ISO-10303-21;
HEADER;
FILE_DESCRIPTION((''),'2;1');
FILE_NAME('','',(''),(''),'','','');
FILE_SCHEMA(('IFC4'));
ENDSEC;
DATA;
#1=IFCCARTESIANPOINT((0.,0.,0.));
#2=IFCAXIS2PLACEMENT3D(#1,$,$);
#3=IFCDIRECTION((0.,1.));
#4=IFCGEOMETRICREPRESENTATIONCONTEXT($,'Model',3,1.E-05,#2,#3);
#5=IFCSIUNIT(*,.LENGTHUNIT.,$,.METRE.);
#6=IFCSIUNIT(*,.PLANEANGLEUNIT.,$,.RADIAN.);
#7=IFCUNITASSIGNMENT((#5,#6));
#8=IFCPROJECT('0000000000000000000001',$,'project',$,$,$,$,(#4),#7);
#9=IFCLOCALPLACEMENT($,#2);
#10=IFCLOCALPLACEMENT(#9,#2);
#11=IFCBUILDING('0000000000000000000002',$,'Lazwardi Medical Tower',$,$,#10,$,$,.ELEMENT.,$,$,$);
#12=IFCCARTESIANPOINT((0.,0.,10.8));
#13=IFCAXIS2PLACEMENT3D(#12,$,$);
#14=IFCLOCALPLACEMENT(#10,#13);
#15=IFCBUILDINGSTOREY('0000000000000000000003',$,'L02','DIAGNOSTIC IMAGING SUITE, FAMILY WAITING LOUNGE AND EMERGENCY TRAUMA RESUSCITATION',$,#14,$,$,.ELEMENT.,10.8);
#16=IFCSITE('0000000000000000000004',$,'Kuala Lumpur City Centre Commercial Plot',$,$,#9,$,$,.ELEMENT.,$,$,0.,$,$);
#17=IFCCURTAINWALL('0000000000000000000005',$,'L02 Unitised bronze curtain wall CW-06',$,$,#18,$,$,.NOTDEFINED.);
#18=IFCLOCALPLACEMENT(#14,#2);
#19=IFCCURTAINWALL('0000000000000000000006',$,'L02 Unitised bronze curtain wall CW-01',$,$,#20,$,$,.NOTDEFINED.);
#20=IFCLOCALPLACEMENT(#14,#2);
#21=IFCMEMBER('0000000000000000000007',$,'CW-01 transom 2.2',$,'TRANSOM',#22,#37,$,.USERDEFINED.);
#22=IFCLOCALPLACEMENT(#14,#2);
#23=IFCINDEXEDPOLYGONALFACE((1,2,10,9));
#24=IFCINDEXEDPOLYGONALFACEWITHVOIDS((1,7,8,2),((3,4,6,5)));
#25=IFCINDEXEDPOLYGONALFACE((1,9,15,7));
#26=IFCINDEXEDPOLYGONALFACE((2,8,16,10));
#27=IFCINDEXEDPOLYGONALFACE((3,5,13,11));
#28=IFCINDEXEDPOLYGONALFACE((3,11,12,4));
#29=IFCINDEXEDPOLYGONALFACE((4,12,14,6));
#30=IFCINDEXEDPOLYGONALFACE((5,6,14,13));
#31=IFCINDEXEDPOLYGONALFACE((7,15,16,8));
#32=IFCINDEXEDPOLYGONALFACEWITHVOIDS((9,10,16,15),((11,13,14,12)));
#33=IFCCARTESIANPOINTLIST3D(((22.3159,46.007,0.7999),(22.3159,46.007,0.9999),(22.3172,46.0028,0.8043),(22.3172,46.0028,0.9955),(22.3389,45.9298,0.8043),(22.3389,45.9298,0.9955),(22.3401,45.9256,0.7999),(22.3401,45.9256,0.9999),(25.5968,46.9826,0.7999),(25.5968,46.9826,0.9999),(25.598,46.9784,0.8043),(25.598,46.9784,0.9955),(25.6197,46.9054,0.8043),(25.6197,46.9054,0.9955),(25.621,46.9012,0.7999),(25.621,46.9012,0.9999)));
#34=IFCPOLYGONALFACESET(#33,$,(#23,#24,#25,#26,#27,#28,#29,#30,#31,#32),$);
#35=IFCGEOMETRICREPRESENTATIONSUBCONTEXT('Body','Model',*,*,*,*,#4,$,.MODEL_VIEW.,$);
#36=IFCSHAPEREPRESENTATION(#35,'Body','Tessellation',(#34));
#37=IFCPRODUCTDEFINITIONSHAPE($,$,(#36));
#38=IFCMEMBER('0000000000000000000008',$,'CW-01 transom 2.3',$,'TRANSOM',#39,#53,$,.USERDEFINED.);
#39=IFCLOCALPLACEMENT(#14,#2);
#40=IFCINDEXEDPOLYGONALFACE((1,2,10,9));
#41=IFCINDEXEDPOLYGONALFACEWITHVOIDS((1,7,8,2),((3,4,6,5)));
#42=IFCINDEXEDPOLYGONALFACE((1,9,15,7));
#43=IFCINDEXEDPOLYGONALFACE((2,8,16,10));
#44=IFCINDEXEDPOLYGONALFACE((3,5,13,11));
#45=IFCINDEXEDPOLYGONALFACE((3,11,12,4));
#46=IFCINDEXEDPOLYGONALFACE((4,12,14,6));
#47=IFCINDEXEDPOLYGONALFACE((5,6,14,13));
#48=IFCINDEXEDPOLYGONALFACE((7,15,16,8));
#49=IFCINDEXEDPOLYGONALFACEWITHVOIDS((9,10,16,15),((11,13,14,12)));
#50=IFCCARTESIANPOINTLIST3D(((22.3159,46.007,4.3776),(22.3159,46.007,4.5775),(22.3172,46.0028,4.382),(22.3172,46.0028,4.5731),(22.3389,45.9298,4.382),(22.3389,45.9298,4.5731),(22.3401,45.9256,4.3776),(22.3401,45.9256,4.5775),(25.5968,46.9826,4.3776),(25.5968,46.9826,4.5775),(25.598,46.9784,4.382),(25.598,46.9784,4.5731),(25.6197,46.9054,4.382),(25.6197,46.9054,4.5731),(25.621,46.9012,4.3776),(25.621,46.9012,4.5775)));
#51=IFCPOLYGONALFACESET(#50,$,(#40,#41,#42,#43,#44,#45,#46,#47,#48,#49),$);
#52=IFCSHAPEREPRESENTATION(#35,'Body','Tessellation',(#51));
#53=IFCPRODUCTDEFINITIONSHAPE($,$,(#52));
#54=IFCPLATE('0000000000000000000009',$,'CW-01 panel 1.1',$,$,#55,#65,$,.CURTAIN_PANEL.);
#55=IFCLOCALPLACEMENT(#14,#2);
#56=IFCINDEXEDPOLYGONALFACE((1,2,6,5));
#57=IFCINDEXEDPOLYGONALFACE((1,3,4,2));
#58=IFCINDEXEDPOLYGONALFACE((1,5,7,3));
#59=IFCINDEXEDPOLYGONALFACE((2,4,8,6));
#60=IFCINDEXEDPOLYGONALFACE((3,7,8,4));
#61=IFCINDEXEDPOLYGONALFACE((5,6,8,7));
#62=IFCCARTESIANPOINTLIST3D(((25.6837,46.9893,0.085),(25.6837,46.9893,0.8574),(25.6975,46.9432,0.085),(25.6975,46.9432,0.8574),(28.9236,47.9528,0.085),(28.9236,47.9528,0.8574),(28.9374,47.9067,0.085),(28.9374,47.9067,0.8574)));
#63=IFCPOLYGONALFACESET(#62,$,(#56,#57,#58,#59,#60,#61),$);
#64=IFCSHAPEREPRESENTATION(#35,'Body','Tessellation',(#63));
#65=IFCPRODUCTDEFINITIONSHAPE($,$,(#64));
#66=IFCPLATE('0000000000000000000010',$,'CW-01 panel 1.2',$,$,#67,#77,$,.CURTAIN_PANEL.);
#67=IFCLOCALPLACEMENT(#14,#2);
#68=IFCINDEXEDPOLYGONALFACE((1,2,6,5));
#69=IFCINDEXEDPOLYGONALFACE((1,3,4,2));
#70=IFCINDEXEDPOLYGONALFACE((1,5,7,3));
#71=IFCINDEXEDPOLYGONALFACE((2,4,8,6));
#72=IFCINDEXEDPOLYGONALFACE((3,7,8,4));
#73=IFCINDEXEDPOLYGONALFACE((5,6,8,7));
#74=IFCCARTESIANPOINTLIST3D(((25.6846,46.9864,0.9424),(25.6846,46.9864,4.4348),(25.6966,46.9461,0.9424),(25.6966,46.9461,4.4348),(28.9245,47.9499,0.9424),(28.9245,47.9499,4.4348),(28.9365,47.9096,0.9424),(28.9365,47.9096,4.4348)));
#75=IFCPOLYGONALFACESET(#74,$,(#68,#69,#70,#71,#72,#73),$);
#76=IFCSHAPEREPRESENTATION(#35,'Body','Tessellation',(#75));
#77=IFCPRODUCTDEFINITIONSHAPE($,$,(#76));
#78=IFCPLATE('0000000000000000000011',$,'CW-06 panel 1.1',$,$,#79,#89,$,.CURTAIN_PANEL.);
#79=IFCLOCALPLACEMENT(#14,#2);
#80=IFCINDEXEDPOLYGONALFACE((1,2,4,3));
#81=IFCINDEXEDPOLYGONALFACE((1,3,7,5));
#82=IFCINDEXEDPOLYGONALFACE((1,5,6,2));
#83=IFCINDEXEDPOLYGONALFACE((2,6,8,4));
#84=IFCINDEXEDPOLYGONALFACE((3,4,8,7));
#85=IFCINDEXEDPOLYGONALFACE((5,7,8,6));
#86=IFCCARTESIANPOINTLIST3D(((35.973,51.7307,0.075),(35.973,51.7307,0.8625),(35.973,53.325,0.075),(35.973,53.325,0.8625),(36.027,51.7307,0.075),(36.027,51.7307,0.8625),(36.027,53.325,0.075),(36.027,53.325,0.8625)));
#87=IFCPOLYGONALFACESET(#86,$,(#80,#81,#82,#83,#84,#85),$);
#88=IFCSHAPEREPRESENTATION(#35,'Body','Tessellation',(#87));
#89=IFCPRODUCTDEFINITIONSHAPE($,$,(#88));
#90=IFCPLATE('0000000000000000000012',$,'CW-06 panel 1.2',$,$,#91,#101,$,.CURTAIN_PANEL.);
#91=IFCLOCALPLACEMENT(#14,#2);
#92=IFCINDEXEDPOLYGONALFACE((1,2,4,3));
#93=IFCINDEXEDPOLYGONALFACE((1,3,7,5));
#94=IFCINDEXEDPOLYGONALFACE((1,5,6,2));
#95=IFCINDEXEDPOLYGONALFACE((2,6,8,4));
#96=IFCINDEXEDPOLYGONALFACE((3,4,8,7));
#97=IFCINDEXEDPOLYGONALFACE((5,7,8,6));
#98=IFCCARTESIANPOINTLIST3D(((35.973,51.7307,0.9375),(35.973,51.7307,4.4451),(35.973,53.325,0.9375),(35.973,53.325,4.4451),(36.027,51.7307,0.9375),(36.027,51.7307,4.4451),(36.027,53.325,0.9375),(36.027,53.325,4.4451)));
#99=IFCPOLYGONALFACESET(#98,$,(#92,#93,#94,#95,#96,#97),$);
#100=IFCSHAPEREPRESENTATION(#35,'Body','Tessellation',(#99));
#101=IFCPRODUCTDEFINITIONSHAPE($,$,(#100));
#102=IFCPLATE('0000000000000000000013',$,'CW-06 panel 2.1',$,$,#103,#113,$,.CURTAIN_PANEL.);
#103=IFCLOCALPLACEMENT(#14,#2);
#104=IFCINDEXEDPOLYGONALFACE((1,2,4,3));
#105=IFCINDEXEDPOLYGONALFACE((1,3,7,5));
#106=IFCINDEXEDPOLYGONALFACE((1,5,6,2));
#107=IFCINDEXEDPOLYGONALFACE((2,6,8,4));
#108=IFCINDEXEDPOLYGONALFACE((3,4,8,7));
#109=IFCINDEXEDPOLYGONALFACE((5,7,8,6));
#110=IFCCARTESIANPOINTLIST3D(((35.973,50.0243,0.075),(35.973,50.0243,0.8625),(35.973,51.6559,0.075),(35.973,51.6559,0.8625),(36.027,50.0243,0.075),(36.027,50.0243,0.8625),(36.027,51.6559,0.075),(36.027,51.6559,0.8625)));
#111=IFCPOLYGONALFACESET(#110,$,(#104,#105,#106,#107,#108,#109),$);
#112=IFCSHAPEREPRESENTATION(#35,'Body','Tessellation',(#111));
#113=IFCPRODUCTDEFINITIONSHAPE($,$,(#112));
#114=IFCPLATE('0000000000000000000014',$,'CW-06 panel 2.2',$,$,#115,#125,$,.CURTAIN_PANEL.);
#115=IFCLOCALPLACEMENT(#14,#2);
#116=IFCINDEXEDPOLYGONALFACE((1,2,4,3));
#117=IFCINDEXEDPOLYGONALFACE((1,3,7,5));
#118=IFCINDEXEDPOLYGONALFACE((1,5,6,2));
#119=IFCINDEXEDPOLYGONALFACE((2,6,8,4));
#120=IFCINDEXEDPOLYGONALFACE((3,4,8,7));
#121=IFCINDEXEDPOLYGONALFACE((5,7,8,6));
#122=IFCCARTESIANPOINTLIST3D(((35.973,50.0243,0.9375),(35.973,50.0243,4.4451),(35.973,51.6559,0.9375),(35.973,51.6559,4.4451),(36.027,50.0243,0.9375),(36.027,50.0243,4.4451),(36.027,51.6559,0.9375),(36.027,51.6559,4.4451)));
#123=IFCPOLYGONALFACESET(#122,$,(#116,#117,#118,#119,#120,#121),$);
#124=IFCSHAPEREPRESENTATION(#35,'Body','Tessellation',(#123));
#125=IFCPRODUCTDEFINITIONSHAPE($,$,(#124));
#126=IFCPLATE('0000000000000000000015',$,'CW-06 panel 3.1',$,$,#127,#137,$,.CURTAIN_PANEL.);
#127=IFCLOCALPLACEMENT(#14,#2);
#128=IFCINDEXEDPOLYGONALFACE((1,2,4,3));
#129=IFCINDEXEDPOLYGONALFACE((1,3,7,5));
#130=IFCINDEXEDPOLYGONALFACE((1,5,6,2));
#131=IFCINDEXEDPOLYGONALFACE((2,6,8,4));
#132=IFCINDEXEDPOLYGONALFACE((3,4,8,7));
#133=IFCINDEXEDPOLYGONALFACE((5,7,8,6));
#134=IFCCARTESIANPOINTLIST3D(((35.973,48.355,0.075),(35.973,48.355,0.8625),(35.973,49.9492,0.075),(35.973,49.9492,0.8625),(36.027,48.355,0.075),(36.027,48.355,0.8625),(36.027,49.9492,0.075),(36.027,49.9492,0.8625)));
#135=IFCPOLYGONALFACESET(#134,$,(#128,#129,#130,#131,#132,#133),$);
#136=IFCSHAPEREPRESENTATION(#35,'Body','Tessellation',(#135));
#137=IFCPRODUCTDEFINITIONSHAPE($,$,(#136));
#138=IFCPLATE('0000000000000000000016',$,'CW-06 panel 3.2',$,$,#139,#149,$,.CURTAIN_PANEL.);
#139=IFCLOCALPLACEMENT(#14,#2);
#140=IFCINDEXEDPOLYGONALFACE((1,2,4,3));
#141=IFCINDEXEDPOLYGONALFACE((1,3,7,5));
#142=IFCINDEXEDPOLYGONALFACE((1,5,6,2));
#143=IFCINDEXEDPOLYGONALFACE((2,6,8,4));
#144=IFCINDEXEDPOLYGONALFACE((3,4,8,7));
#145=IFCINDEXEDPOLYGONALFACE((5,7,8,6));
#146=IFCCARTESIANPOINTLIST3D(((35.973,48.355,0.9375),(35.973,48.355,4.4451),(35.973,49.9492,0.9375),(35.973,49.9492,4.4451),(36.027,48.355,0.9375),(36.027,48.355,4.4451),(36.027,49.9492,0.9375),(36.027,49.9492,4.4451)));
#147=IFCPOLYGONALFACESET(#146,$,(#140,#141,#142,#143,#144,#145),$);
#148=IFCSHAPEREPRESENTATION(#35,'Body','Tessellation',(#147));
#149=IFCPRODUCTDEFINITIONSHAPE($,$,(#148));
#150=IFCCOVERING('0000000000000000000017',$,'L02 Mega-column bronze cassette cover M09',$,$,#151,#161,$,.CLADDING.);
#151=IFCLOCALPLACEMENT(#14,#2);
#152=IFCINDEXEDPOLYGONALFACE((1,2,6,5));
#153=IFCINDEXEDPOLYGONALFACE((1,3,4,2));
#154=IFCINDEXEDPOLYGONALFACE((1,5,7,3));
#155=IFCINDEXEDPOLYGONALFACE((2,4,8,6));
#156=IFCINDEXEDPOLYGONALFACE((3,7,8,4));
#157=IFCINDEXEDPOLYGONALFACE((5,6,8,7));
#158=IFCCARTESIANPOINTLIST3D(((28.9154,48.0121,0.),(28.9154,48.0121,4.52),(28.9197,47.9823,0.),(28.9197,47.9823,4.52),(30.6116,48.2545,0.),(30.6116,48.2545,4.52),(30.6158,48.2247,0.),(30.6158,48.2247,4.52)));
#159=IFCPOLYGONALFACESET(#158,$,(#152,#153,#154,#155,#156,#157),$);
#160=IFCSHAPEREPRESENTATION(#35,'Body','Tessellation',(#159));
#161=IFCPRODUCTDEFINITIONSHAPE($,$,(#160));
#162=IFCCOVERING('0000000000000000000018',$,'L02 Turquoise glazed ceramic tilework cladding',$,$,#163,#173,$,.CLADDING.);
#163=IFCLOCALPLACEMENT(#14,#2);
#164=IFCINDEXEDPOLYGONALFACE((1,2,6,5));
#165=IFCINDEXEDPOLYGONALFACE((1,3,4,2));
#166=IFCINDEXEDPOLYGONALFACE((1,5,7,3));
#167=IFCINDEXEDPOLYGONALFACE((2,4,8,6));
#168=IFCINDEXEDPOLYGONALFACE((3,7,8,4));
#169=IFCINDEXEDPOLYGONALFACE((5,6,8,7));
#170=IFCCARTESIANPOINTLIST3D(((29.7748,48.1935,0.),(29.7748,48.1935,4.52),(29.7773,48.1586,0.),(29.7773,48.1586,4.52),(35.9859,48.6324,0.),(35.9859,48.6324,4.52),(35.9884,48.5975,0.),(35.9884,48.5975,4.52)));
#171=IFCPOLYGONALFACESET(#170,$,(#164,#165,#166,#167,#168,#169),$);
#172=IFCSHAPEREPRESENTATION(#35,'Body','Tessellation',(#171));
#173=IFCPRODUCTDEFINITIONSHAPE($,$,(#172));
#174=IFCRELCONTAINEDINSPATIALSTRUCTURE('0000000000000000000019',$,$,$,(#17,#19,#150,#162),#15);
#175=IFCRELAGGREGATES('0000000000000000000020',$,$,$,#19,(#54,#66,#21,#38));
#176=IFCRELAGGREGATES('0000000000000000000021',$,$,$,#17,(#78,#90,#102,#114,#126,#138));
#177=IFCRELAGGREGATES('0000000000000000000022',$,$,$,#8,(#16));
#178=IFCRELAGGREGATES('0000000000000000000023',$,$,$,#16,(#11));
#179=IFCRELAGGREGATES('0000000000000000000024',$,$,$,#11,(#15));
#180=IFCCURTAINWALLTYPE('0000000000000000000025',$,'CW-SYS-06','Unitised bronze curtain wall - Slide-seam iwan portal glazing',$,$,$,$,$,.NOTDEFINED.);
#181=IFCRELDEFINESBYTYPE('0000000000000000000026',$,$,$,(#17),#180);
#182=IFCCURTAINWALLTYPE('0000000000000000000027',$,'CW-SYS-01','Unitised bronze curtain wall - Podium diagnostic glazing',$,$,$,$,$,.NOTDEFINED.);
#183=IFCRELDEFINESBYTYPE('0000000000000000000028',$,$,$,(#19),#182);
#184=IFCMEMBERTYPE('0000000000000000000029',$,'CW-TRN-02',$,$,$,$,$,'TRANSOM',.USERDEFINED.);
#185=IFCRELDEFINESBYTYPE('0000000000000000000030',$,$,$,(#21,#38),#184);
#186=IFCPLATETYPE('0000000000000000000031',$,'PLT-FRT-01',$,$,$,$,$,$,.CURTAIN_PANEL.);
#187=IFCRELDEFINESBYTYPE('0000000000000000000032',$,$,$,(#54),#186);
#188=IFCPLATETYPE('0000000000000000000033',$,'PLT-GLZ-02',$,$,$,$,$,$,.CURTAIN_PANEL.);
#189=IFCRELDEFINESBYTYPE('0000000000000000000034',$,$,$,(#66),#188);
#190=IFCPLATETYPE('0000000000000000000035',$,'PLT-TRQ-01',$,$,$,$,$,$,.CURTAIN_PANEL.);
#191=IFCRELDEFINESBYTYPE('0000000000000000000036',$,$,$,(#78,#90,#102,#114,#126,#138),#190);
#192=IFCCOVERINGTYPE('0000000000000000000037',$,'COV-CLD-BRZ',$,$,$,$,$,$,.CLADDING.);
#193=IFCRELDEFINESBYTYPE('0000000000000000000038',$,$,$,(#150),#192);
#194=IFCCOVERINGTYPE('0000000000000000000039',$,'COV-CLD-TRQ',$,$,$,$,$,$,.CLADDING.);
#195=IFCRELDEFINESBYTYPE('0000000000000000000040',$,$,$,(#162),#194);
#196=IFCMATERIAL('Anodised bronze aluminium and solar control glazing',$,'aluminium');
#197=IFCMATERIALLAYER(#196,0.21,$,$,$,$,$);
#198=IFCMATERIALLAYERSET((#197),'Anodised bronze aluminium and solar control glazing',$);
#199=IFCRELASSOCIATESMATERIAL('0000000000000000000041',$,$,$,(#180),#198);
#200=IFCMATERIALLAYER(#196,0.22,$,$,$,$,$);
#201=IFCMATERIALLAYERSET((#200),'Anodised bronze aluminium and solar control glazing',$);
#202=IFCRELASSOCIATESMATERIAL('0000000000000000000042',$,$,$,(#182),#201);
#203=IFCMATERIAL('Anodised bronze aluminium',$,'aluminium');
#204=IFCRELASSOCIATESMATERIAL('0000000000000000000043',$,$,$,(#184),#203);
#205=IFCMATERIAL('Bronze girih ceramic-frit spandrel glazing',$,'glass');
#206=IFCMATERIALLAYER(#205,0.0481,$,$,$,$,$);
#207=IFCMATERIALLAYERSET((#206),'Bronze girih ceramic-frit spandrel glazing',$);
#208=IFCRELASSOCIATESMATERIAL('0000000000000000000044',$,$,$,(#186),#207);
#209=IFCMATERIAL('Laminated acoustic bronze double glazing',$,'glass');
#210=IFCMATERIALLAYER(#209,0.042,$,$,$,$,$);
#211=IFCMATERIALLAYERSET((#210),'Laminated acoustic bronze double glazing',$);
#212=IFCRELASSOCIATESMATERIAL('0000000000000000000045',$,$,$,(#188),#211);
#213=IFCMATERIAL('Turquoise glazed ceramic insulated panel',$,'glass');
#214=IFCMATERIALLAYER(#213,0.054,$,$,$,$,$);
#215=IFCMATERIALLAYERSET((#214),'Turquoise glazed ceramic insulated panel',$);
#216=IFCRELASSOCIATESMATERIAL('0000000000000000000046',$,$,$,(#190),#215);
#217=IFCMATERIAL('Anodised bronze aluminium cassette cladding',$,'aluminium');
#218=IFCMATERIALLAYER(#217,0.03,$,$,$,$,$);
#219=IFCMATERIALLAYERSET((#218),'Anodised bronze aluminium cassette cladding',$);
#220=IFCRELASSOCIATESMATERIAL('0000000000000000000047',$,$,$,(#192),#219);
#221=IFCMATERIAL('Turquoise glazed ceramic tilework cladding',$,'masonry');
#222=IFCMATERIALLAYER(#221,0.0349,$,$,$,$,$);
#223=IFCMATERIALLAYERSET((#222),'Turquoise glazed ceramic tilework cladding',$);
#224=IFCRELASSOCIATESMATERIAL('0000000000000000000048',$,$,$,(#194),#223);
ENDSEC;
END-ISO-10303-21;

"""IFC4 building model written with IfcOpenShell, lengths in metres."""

from ifc_helpers import new_model, si_unit, direction, frame, origin, origin_2d, place, context, subcontext, project, spatial, rectangle, hollow_rectangle, extrude, material, layer, layer_set, material_profile, profile_set, type_object, element, aggregate, save


model = new_model("IFC4")

# Units and contexts
model_context = context("Model", 3, precision=1e-05, world=origin(), true_north=direction((0.0, 1.0)))
body_context = subcontext(model_context, "Body", "Model", "MODEL_VIEW")
ifc_project = project(units=[si_unit("LENGTHUNIT", "METRE"), si_unit("PLANEANGLEUNIT", "RADIAN")], contexts=[model_context])

# Site, building, storey
site_placement = place(None, origin())
site = spatial("IfcSite", under=ifc_project, at=site_placement, Name="Kuala Lumpur City Centre Commercial Plot", CompositionType="ELEMENT", RefElevation=0.0)
building_placement = place(site_placement, origin())
building = spatial("IfcBuilding", under=site, at=building_placement, Name="Lazwardi Medical Tower", CompositionType="ELEMENT")
storey_placement = place(building_placement, frame((0.0, 0.0, 10.8)))
storey = spatial("IfcBuildingStorey", under=building, at=storey_placement, Name="L02", Description="DIAGNOSTIC IMAGING SUITE, FAMILY WAITING LOUNGE AND EMERGENCY TRAUMA RESUSCITATION", CompositionType="ELEMENT", Elevation=10.8)

# Curtain walls
ifc_material_1 = material(Name="Anodised bronze aluminium and solar control glazing", Category="aluminium")
ifc_layer_1 = layer(ifc_material_1, 0.21)
ifc_layer_set_1 = layer_set([ifc_layer_1], Name="Anodised bronze aluminium and solar control glazing")
curtain_wall_type_1 = type_object("IfcCurtainWallType", Name="CW-SYS-06", Description="Unitised bronze curtain wall - Slide-seam iwan portal glazing", PredefinedType="NOTDEFINED", material=ifc_layer_set_1)
curtain_wall_1_placement = place(storey_placement, origin())
curtain_wall_1 = element("IfcCurtainWall", 1, at=curtain_wall_1_placement, inside=storey, type_object=curtain_wall_type_1, Name="L02 Unitised bronze curtain wall CW-06", PredefinedType="NOTDEFINED")
ifc_material_2 = material(Name="Anodised bronze aluminium", Category="aluminium")
ifc_layer_2 = layer(ifc_material_1, 0.22)
ifc_layer_set_2 = layer_set([ifc_layer_2], Name="Anodised bronze aluminium and solar control glazing")
curtain_wall_type_2 = type_object("IfcCurtainWallType", Name="CW-SYS-01", Description="Unitised bronze curtain wall - Podium diagnostic glazing", PredefinedType="NOTDEFINED", material=ifc_layer_set_2)
curtain_wall_2_placement = place(storey_placement, origin())
curtain_wall_2 = element("IfcCurtainWall", 2, at=curtain_wall_2_placement, inside=storey, type_object=curtain_wall_type_2, Name="L02 Unitised bronze curtain wall CW-01", PredefinedType="NOTDEFINED")

# Members
ifc_material_profile_1 = material_profile(ifc_material_2, hollow_rectangle(XDim=0.085, YDim=0.2, WallThickness=0.0044, at=origin_2d()), Name="ALU-TRANSOM 200x85x4.5")
ifc_profile_set_1 = profile_set([ifc_material_profile_1], Name="Anodised bronze aluminium")
member_type_1 = type_object("IfcMemberType", Name="CW-TRN-02", ElementType="TRANSOM", PredefinedType="USERDEFINED", material=ifc_profile_set_1)
member_1_placement = place(storey_placement, frame((25.6089, 46.9419, 0.8999), z_axis=(-0.958518, -0.28503, 0.0), x_axis=(0.28503, -0.958518, 0.0)))
member_1 = element("IfcMember", 3, at=member_1_placement, type_object=member_type_1, Name="CW-01 transom 2.2", ObjectType="TRANSOM", PredefinedType="USERDEFINED", context=body_context, shape_type="SweptSolid", body=[
    extrude(hollow_rectangle(XDim=0.085, YDim=0.2, WallThickness=0.0044, at=origin_2d()), origin(), (0.0, 0.0, 1.0), 3.4229),
])
member_2_placement = place(storey_placement, frame((25.6089, 46.9419, 4.4775), z_axis=(-0.958518, -0.28503, 0.0), x_axis=(0.28503, -0.958518, 0.0)))
member_2 = element("IfcMember", 4, at=member_2_placement, type_object=member_type_1, Name="CW-01 transom 2.3", ObjectType="TRANSOM", PredefinedType="USERDEFINED", context=body_context, shape_type="SweptSolid", body=[
    extrude(hollow_rectangle(XDim=0.085, YDim=0.2, WallThickness=0.0044, at=origin_2d()), origin(), (0.0, 0.0, 1.0), 3.4229),
])

# Plates
ifc_material_3 = material(Name="Bronze girih ceramic-frit spandrel glazing", Category="glass")
ifc_layer_3 = layer(ifc_material_3, 0.0481)
ifc_layer_set_3 = layer_set([ifc_layer_3], Name="Bronze girih ceramic-frit spandrel glazing")
plate_type_1 = type_object("IfcPlateType", Name="PLT-FRT-01", PredefinedType="CURTAIN_PANEL", material=ifc_layer_set_3)
plate_1_placement = place(storey_placement, frame((27.3105, 47.448, 0.085), z_axis=(0.0, 0.0, 1.0), x_axis=(-0.958513, -0.285047, 0.0)))
plate_1 = element("IfcPlate", 5, at=plate_1_placement, type_object=plate_type_1, Name="CW-01 panel 1.1", PredefinedType="CURTAIN_PANEL", context=body_context, shape_type="SweptSolid", body=[
    extrude(rectangle(XDim=3.3801, YDim=0.0481, at=origin_2d()), origin(), (0.0, 0.0, 1.0), 0.7725),
])
ifc_material_4 = material(Name="Laminated acoustic bronze double glazing", Category="glass")
ifc_layer_4 = layer(ifc_material_4, 0.042)
ifc_layer_set_4 = layer_set([ifc_layer_4], Name="Laminated acoustic bronze double glazing")
plate_type_2 = type_object("IfcPlateType", Name="PLT-GLZ-02", PredefinedType="CURTAIN_PANEL", material=ifc_layer_set_4)
plate_2_placement = place(storey_placement, frame((27.3105, 47.448, 0.9424), z_axis=(0.0, 0.0, 1.0), x_axis=(-0.958513, -0.285047, 0.0)))
plate_2 = element("IfcPlate", 6, at=plate_2_placement, type_object=plate_type_2, Name="CW-01 panel 1.2", PredefinedType="CURTAIN_PANEL", context=body_context, shape_type="SweptSolid", body=[
    extrude(rectangle(XDim=3.3801, YDim=0.042, at=origin_2d()), origin(), (0.0, 0.0, 1.0), 3.4924),
])
aggregate(curtain_wall_2, [plate_1, plate_2, member_1, member_2])
ifc_material_5 = material(Name="Turquoise glazed ceramic insulated panel", Category="glass")
ifc_layer_5 = layer(ifc_material_5, 0.054)
ifc_layer_set_5 = layer_set([ifc_layer_5], Name="Turquoise glazed ceramic insulated panel")
plate_type_3 = type_object("IfcPlateType", Name="PLT-TRQ-01", PredefinedType="CURTAIN_PANEL", material=ifc_layer_set_5)
plate_3_placement = place(storey_placement, frame((36.0, 52.5278, 0.075), z_axis=(0.0, 0.0, 1.0), x_axis=(0.0, -1.0, 0.0)))
plate_3 = element("IfcPlate", 7, at=plate_3_placement, type_object=plate_type_3, Name="CW-06 panel 1.1", PredefinedType="CURTAIN_PANEL", context=body_context, shape_type="SweptSolid", body=[
    extrude(rectangle(XDim=1.5942, YDim=0.054, at=origin_2d()), origin(), (0.0, 0.0, 1.0), 0.7876),
])
plate_4_placement = place(storey_placement, frame((36.0, 52.5278, 0.9375), z_axis=(0.0, 0.0, 1.0), x_axis=(0.0, -1.0, 0.0)))
plate_4 = element("IfcPlate", 8, at=plate_4_placement, type_object=plate_type_3, Name="CW-06 panel 1.2", PredefinedType="CURTAIN_PANEL", context=body_context, shape_type="SweptSolid", body=[
    extrude(rectangle(XDim=1.5942, YDim=0.054, at=origin_2d()), origin(), (0.0, 0.0, 1.0), 3.5076),
])
plate_5_placement = place(storey_placement, frame((36.0, 50.8401, 0.075), z_axis=(0.0, 0.0, 1.0), x_axis=(0.0, -1.0, 0.0)))
plate_5 = element("IfcPlate", 9, at=plate_5_placement, type_object=plate_type_3, Name="CW-06 panel 2.1", PredefinedType="CURTAIN_PANEL", context=body_context, shape_type="SweptSolid", body=[
    extrude(rectangle(XDim=1.6316, YDim=0.054, at=origin_2d()), origin(), (0.0, 0.0, 1.0), 0.7876),
])
plate_6_placement = place(storey_placement, frame((36.0, 50.8401, 0.9375), z_axis=(0.0, 0.0, 1.0), x_axis=(0.0, -1.0, 0.0)))
plate_6 = element("IfcPlate", 10, at=plate_6_placement, type_object=plate_type_3, Name="CW-06 panel 2.2", PredefinedType="CURTAIN_PANEL", context=body_context, shape_type="SweptSolid", body=[
    extrude(rectangle(XDim=1.6316, YDim=0.054, at=origin_2d()), origin(), (0.0, 0.0, 1.0), 3.5076),
])
plate_7_placement = place(storey_placement, frame((36.0, 49.1521, 0.075), z_axis=(0.0, 0.0, 1.0), x_axis=(0.0, -1.0, 0.0)))
plate_7 = element("IfcPlate", 11, at=plate_7_placement, type_object=plate_type_3, Name="CW-06 panel 3.1", PredefinedType="CURTAIN_PANEL", context=body_context, shape_type="SweptSolid", body=[
    extrude(rectangle(XDim=1.5942, YDim=0.054, at=origin_2d()), origin(), (0.0, 0.0, 1.0), 0.7876),
])
plate_8_placement = place(storey_placement, frame((36.0, 49.1521, 0.9375), z_axis=(0.0, 0.0, 1.0), x_axis=(0.0, -1.0, 0.0)))
plate_8 = element("IfcPlate", 12, at=plate_8_placement, type_object=plate_type_3, Name="CW-06 panel 3.2", PredefinedType="CURTAIN_PANEL", context=body_context, shape_type="SweptSolid", body=[
    extrude(rectangle(XDim=1.5942, YDim=0.054, at=origin_2d()), origin(), (0.0, 0.0, 1.0), 3.5076),
])
aggregate(curtain_wall_1, [plate_3, plate_4, plate_5, plate_6, plate_7, plate_8])

# Coverings
ifc_material_6 = material(Name="Anodised bronze aluminium cassette cladding", Category="aluminium")
ifc_layer_6 = layer(ifc_material_6, 0.03)
ifc_layer_set_6 = layer_set([ifc_layer_6], Name="Anodised bronze aluminium cassette cladding")
covering_type_1 = type_object("IfcCoveringType", Name="COV-CLD-BRZ", PredefinedType="CLADDING", material=ifc_layer_set_6)
covering_1_placement = place(storey_placement, frame((29.7656, 48.1184, 0.0), z_axis=(0.0, 0.0, 1.0), x_axis=(-0.989943, -0.14147, 0.0)))
element("IfcCovering", 13, at=covering_1_placement, inside=storey, type_object=covering_type_1, Name="L02 Mega-column bronze cassette cover M09", PredefinedType="CLADDING", context=body_context, shape_type="SweptSolid", body=[
    extrude(rectangle(XDim=1.7134, YDim=0.03, at=origin_2d()), origin(), (0.0, 0.0, 1.0), 4.52),
])
ifc_material_7 = material(Name="Turquoise glazed ceramic tilework cladding", Category="masonry")
ifc_layer_7 = layer(ifc_material_7, 0.0349)
ifc_layer_set_7 = layer_set([ifc_layer_7], Name="Turquoise glazed ceramic tilework cladding")
covering_type_2 = type_object("IfcCoveringType", Name="COV-CLD-TRQ", PredefinedType="CLADDING", material=ifc_layer_set_7)
covering_2_placement = place(storey_placement, frame((32.8816, 48.3955, 0.0), z_axis=(0.0, 0.0, 1.0), x_axis=(-0.997513, -0.070488, 0.0)))
element("IfcCovering", 14, at=covering_2_placement, inside=storey, type_object=covering_type_2, Name="L02 Turquoise glazed ceramic tilework cladding", PredefinedType="CLADDING", context=body_context, shape_type="SweptSolid", body=[
    extrude(rectangle(XDim=6.2266, YDim=0.0349, at=origin_2d()), origin(), (0.0, 0.0, 1.0), 4.52),
])

save(model, "model.ifc")
